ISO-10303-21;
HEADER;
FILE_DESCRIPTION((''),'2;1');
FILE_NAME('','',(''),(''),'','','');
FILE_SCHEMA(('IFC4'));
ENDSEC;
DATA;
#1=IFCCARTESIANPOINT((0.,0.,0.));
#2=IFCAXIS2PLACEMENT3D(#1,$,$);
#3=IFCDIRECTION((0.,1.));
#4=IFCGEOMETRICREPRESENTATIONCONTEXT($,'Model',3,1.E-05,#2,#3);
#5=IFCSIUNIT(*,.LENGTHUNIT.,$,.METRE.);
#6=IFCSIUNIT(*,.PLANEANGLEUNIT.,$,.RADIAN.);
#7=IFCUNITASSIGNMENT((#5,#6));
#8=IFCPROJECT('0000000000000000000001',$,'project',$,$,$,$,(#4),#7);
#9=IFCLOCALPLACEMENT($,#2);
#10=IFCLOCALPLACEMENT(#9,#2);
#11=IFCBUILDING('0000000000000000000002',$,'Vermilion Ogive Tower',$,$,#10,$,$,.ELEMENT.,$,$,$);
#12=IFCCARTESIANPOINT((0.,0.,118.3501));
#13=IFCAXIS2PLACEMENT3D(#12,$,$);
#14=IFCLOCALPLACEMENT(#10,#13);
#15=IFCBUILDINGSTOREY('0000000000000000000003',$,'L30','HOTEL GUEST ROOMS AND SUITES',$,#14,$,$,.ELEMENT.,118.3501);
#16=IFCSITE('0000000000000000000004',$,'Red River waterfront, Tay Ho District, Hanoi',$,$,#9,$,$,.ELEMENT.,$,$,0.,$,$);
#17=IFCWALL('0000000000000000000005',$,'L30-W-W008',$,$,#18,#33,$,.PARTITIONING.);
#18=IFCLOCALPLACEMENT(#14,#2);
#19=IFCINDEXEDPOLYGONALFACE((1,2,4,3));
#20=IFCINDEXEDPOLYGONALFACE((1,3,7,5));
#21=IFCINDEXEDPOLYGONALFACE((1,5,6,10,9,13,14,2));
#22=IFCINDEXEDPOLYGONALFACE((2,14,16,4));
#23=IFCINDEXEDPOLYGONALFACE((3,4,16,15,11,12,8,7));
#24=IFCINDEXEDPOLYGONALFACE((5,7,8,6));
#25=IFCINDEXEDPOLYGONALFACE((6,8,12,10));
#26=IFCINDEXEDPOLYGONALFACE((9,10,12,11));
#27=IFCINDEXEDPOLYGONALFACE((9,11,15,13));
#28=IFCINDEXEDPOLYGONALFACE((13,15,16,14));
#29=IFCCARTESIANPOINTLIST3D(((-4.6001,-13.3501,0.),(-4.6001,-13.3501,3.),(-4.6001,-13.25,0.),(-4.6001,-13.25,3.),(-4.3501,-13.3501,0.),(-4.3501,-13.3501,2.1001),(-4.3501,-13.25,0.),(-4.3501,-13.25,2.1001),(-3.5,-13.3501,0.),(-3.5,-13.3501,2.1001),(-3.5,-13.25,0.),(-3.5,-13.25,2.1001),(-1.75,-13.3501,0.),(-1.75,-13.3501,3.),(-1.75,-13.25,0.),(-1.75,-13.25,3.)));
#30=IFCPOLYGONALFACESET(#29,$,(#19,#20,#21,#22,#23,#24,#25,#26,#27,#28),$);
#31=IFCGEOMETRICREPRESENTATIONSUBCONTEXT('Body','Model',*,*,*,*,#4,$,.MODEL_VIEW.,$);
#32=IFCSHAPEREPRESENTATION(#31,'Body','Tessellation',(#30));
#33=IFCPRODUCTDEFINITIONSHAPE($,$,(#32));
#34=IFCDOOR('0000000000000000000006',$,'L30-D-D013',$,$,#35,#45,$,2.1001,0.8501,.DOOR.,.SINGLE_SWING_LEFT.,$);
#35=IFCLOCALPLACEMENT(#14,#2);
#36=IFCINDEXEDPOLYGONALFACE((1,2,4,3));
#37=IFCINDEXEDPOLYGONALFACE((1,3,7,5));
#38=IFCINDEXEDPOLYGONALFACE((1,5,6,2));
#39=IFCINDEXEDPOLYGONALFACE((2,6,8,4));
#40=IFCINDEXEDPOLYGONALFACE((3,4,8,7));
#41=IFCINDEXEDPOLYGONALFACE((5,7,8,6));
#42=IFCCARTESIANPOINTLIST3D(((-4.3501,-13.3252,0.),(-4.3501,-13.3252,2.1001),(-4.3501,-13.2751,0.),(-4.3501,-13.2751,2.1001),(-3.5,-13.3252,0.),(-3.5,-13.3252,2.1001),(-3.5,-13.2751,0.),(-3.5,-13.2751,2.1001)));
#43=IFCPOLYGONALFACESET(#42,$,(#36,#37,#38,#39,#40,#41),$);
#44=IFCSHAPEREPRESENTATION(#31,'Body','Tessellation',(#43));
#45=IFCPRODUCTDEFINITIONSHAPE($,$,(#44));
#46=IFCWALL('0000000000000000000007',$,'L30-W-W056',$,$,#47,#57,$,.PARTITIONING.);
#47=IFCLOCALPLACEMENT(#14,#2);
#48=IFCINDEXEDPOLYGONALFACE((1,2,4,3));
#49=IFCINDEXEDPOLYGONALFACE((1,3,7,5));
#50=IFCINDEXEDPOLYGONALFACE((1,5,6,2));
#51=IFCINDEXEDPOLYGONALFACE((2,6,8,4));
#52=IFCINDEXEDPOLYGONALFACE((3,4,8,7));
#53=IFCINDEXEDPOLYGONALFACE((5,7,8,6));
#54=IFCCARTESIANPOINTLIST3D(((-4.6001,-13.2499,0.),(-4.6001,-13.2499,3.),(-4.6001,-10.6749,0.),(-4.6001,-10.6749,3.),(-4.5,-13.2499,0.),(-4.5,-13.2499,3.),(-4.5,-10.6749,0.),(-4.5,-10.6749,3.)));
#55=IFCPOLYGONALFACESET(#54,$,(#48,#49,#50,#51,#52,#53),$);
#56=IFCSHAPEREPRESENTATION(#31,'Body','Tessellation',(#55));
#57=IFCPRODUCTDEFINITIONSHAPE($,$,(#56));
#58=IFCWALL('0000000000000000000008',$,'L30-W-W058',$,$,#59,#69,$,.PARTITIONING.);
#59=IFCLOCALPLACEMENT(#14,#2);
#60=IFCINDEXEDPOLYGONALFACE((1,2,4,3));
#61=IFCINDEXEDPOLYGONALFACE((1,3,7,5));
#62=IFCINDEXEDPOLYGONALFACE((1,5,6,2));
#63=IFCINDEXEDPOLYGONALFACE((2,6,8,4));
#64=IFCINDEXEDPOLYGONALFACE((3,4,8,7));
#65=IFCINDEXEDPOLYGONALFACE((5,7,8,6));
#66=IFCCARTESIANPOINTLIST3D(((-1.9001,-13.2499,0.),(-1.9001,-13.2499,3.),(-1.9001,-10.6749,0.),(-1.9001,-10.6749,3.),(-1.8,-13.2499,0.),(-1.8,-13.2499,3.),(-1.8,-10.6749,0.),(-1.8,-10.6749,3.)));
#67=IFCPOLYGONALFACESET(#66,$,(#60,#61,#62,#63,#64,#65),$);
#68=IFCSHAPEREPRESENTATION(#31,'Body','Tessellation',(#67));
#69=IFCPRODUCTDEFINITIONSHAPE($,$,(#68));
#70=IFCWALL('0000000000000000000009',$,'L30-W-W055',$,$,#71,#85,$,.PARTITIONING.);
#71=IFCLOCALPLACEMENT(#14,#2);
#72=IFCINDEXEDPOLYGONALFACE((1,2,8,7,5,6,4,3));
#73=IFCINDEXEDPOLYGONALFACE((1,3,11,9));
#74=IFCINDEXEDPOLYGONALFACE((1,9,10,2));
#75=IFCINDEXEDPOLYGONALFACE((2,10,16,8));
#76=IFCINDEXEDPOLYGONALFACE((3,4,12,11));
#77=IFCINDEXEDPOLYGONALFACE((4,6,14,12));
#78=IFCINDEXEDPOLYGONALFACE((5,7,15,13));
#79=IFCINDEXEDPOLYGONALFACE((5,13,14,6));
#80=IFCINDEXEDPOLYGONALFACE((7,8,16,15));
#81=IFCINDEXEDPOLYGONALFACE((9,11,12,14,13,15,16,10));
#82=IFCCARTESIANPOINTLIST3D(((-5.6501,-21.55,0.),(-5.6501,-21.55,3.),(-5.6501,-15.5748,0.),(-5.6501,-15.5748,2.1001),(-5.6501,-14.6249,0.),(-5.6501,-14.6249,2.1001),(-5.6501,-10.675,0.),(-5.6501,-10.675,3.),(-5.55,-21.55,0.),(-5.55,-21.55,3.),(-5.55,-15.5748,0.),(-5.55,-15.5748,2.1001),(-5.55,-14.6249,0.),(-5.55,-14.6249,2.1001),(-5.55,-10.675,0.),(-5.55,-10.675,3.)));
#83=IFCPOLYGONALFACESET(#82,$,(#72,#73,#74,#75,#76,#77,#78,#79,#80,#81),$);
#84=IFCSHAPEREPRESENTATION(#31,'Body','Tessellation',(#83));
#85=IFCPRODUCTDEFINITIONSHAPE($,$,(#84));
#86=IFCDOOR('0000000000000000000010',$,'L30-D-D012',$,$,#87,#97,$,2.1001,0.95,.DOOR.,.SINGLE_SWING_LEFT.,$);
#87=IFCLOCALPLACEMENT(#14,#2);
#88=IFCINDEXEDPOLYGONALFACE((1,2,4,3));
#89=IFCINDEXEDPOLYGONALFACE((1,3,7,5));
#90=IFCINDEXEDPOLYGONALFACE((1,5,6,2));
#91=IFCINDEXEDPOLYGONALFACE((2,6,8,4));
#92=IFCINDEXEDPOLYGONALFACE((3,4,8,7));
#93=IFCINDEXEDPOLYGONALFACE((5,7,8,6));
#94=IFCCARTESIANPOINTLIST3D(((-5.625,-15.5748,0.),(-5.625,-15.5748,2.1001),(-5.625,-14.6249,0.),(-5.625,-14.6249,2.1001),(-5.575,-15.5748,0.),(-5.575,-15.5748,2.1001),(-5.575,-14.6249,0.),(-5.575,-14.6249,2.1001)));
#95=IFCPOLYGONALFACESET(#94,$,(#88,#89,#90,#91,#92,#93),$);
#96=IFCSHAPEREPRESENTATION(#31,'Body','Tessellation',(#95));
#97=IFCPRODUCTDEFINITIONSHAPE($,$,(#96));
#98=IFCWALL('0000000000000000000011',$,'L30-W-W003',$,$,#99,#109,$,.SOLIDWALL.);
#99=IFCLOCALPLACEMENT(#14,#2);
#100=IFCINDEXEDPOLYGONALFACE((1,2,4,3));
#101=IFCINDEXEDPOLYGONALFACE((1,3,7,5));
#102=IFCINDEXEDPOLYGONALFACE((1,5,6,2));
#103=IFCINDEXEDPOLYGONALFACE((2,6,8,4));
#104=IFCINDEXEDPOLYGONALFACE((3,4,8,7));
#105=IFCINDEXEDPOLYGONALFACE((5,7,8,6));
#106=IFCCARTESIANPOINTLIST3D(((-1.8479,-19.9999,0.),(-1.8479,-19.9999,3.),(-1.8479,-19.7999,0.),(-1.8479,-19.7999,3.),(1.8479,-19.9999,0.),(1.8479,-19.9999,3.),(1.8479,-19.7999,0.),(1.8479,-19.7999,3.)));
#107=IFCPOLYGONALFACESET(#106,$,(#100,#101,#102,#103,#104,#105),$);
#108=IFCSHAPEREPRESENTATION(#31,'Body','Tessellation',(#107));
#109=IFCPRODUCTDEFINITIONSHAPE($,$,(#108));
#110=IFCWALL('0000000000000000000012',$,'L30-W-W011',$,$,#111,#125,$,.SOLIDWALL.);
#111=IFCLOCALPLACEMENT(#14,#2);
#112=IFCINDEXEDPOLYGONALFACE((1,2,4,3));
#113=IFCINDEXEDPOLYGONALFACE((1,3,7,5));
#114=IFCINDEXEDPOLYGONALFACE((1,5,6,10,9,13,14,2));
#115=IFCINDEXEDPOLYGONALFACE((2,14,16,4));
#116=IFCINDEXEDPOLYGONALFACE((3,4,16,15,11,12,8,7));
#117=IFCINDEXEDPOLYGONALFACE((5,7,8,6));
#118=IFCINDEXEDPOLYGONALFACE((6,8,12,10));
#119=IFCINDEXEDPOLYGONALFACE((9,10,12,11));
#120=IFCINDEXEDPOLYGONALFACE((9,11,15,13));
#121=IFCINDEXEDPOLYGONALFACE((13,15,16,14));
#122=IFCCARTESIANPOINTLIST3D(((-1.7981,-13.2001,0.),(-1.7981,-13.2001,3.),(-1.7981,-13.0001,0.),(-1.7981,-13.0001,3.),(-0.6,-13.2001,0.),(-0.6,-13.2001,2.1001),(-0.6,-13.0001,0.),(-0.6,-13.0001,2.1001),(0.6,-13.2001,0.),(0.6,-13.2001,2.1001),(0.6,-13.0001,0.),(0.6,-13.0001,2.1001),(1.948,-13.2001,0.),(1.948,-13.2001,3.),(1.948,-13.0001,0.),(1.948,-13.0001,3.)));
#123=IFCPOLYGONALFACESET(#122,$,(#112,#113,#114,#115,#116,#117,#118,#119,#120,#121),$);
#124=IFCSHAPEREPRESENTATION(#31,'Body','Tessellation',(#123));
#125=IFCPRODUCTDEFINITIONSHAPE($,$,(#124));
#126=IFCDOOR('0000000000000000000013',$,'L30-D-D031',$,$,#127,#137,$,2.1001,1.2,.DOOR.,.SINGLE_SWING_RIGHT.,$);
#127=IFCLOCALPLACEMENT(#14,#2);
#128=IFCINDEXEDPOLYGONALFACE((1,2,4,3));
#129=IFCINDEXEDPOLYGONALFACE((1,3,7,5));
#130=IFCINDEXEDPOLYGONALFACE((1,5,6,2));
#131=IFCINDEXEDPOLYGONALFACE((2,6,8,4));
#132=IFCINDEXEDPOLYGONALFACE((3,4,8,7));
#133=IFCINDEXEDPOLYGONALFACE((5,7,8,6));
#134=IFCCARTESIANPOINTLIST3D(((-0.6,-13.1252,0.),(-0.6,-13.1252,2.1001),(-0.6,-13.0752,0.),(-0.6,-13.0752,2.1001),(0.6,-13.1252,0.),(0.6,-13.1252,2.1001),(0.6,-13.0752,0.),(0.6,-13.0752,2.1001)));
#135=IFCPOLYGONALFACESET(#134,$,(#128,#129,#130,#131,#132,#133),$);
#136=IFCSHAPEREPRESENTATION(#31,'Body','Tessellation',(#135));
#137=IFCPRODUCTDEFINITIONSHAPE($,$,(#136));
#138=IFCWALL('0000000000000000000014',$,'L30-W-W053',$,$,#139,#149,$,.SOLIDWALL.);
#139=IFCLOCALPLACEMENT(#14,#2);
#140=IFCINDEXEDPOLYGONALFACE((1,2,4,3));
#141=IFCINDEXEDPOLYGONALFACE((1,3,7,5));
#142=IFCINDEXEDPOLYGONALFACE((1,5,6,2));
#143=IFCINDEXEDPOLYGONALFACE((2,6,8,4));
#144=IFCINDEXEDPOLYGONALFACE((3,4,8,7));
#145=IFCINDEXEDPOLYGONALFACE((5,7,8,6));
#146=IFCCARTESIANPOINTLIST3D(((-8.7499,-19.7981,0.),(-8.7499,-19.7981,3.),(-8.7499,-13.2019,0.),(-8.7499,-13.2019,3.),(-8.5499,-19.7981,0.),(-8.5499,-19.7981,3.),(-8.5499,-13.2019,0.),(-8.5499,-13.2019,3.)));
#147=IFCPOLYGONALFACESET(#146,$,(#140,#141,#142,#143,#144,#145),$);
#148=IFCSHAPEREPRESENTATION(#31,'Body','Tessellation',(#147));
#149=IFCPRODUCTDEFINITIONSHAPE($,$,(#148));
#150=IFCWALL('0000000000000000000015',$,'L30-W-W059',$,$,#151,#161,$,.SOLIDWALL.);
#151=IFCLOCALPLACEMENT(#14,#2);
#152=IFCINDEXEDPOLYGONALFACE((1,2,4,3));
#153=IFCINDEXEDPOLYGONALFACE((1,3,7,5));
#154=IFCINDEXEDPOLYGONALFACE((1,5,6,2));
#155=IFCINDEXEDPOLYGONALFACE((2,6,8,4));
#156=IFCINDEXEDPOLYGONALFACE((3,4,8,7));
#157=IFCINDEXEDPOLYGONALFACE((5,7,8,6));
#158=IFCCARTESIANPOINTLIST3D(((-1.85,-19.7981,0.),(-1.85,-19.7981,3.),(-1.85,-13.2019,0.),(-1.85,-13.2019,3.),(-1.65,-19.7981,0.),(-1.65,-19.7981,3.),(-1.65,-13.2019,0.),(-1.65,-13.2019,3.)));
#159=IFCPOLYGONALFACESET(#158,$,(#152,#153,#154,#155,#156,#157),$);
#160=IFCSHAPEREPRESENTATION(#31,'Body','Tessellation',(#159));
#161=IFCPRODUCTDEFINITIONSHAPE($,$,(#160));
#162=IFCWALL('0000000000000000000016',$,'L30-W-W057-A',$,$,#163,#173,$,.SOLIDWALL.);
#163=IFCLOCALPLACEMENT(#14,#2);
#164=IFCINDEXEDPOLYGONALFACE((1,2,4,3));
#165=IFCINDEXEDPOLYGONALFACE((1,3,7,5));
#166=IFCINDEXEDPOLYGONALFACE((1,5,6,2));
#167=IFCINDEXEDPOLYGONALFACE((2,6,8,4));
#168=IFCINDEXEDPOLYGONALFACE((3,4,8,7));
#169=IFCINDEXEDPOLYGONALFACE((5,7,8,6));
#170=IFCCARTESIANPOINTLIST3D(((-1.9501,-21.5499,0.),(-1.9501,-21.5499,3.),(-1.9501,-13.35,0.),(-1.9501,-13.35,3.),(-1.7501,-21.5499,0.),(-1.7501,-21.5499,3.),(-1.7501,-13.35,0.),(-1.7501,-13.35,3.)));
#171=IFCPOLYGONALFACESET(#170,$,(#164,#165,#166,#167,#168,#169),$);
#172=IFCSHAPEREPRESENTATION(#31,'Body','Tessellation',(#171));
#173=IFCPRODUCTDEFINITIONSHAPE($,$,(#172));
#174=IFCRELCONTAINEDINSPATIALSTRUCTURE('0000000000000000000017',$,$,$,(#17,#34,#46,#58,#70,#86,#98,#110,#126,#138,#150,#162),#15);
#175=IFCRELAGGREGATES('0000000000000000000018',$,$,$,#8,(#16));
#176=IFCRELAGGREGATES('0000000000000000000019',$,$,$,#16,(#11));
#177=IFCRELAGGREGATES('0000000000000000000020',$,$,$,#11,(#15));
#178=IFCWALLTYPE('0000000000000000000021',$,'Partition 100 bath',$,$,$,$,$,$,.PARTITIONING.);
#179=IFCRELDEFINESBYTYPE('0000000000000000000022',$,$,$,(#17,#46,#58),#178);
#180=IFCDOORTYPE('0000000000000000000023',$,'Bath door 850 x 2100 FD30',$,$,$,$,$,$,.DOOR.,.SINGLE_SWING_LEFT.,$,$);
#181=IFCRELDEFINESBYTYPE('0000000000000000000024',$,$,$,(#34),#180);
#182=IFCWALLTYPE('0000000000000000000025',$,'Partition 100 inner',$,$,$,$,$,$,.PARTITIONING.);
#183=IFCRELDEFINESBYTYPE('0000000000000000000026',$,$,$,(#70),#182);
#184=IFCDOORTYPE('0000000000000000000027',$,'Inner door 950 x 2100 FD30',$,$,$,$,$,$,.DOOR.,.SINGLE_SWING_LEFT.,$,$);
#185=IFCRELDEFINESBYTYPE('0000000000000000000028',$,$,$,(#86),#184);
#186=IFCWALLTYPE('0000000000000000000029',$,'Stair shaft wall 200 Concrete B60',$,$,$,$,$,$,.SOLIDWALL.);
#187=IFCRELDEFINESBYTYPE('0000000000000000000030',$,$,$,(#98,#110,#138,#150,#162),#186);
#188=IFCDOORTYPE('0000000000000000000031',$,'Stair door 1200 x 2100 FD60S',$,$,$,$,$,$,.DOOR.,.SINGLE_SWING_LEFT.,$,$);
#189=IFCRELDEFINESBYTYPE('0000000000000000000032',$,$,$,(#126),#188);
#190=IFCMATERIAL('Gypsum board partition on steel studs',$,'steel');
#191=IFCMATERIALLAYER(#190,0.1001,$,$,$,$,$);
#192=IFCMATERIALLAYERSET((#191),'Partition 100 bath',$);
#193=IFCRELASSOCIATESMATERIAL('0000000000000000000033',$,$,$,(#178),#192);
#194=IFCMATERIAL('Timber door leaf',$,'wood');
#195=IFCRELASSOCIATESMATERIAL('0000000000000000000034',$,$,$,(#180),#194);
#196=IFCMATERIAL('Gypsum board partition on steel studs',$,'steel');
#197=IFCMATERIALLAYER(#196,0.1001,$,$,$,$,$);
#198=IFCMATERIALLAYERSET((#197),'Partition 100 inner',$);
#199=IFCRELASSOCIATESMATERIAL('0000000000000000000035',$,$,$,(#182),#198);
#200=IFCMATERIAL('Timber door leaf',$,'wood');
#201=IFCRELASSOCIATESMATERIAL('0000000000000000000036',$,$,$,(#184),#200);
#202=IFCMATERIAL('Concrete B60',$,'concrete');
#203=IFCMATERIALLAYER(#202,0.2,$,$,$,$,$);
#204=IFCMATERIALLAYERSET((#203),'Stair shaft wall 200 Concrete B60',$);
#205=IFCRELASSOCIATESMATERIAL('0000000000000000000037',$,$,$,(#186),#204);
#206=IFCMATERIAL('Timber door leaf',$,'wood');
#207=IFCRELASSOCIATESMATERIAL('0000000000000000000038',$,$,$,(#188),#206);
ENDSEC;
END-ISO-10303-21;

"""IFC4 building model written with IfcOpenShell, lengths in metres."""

from ifc_helpers import new_model, si_unit, direction, frame, frame_2d, origin, place, context, subcontext, project, spatial, rectangle, extrude, material, layer, layer_set, type_object, element, fill, save


model = new_model("IFC4")

# Units and contexts
model_context = context("Model", 3, precision=1e-05, world=origin(), true_north=direction((0.0, 1.0)))
body_context = subcontext(model_context, "Body", "Model", "MODEL_VIEW")
ifc_project = project(units=[si_unit("LENGTHUNIT", "METRE"), si_unit("PLANEANGLEUNIT", "RADIAN")], contexts=[model_context])

# Site, building, storey
site_placement = place(None, origin())
site = spatial("IfcSite", under=ifc_project, at=site_placement, Name="Red River waterfront, Tay Ho District, Hanoi", CompositionType="ELEMENT", RefElevation=0.0)
building_placement = place(site_placement, origin())
building = spatial("IfcBuilding", under=site, at=building_placement, Name="Vermilion Ogive Tower", CompositionType="ELEMENT")
storey_placement = place(building_placement, frame((0.0, 0.0, 118.3501)))
storey = spatial("IfcBuildingStorey", under=building, at=storey_placement, Name="L30", Description="HOTEL GUEST ROOMS AND SUITES", CompositionType="ELEMENT", Elevation=118.3501)

# Wall, opening, door
ifc_material_1 = material(Name="Gypsum board partition on steel studs", Category="steel")
ifc_layer_1 = layer(ifc_material_1, 0.1001)
ifc_layer_set_1 = layer_set([ifc_layer_1], Name="Partition 100 bath")
wall_type_1 = type_object("IfcWallType", Name="Partition 100 bath", PredefinedType="PARTITIONING", material=ifc_layer_set_1)
wall_1_placement = place(storey_placement, frame((-4.6001, -13.3, 0.0), z_axis=(0.0, 0.0, 1.0), x_axis=(1.0, 0.0, 0.0)))
wall_1 = element("IfcWall", 1, at=wall_1_placement, inside=storey, type_object=wall_type_1, Name="L30-W-W008", PredefinedType="PARTITIONING", context=body_context, shape_type="SweptSolid", body=[
    extrude(rectangle(XDim=2.8501, YDim=0.1001, at=frame_2d((1.425, 0.0))), origin(), (0.0, 0.0, 1.0), 3.0),
])
opening_1_placement = place(wall_1_placement, frame((0.25, 0.0, 0.0)))
opening_1 = element("IfcOpeningElement", 2, at=opening_1_placement, cuts=wall_1, PredefinedType="OPENING", context=body_context, shape_type="SweptSolid", body=[
    extrude(rectangle(XDim=0.8501, YDim=2.1001, at=frame_2d((0.425, 1.05))), frame((0.0, 0.0601, 0.0), z_axis=(0.0, -1.0, 0.0), x_axis=(1.0, 0.0, 0.0)), (0.0, 0.0, 1.0), 0.1201),
])
ifc_material_2 = material(Name="Timber door leaf", Category="wood")
door_type_1 = type_object("IfcDoorType", Name="Bath door 850 x 2100 FD30", OperationType="SINGLE_SWING_LEFT", PredefinedType="DOOR", material=ifc_material_2)
door_1_placement = place(opening_1_placement, origin())
door_1 = element("IfcDoor", 3, at=door_1_placement, inside=storey, type_object=door_type_1, Name="L30-D-D013", OperationType="SINGLE_SWING_LEFT", OverallHeight=2.1001, OverallWidth=0.8501, PredefinedType="DOOR", context=body_context, shape_type="SweptSolid", body=[
    extrude(rectangle(XDim=0.8501, YDim=2.1001, at=frame_2d((0.425, 1.05))), frame((0.0, 0.0249, 0.0), z_axis=(0.0, -1.0, 0.0), x_axis=(1.0, 0.0, 0.0)), (0.0, 0.0, 1.0), 0.05),
])
fill(opening_1, door_1)

# Walls
for number, where, z_axis, x_axis, name in (
    (4, (-4.55, -13.25, 0.0), (0.0, 0.0, 1.0), (0.0, 1.0, 0.0), "L30-W-W056"),
    (5, (-1.8501, -13.25, 0.0), (0.0, 0.0, 1.0), (0.0, 1.0, 0.0), "L30-W-W058"),
):
    element("IfcWall", number, at=place(storey_placement, frame(where, z_axis=z_axis, x_axis=x_axis)), inside=storey, type_object=wall_type_1, Name=name, PredefinedType="PARTITIONING", context=body_context, shape_type="SweptSolid", body=[
        extrude(rectangle(XDim=2.575, YDim=0.1001, at=frame_2d((1.2876, 0.0))), origin(), (0.0, 0.0, 1.0), 3.0),
    ])

# Wall, opening, door
ifc_material_3 = material(Name="Gypsum board partition on steel studs", Category="steel")
ifc_layer_2 = layer(ifc_material_3, 0.1001)
ifc_layer_set_2 = layer_set([ifc_layer_2], Name="Partition 100 inner")
wall_type_2 = type_object("IfcWallType", Name="Partition 100 inner", PredefinedType="PARTITIONING", material=ifc_layer_set_2)
wall_2_placement = place(storey_placement, frame((-5.6001, -21.55, 0.0), z_axis=(0.0, 0.0, 1.0), x_axis=(0.0, 1.0, 0.0)))
wall_2 = element("IfcWall", 6, at=wall_2_placement, inside=storey, type_object=wall_type_2, Name="L30-W-W055", PredefinedType="PARTITIONING", context=body_context, shape_type="SweptSolid", body=[
    extrude(rectangle(XDim=10.875, YDim=0.1001, at=frame_2d((5.4375, 0.0))), origin(), (0.0, 0.0, 1.0), 3.0),
])
opening_2_placement = place(wall_2_placement, frame((5.9751, 0.0, 0.0)))
opening_2 = element("IfcOpeningElement", 7, at=opening_2_placement, cuts=wall_2, PredefinedType="OPENING", context=body_context, shape_type="SweptSolid", body=[
    extrude(rectangle(XDim=0.95, YDim=2.1001, at=frame_2d((0.4751, 1.05))), frame((0.0, 0.0601, 0.0), z_axis=(0.0, -1.0, 0.0), x_axis=(1.0, 0.0, 0.0)), (0.0, 0.0, 1.0), 0.1201),
])
ifc_material_4 = material(Name="Timber door leaf", Category="wood")
door_type_2 = type_object("IfcDoorType", Name="Inner door 950 x 2100 FD30", OperationType="SINGLE_SWING_LEFT", PredefinedType="DOOR", material=ifc_material_4)
door_2_placement = place(opening_2_placement, origin())
door_2 = element("IfcDoor", 8, at=door_2_placement, inside=storey, type_object=door_type_2, Name="L30-D-D012", OperationType="SINGLE_SWING_LEFT", OverallHeight=2.1001, OverallWidth=0.95, PredefinedType="DOOR", context=body_context, shape_type="SweptSolid", body=[
    extrude(rectangle(XDim=0.95, YDim=2.1001, at=frame_2d((0.4751, 1.05))), frame((0.0, 0.0249, 0.0), z_axis=(0.0, -1.0, 0.0), x_axis=(1.0, 0.0, 0.0)), (0.0, 0.0, 1.0), 0.05),
])
fill(opening_2, door_2)

# Wall
ifc_material_5 = material(Name="Concrete B60", Category="concrete")
ifc_layer_3 = layer(ifc_material_5, 0.2)
ifc_layer_set_3 = layer_set([ifc_layer_3], Name="Stair shaft wall 200 Concrete B60")
wall_type_3 = type_object("IfcWallType", Name="Stair shaft wall 200 Concrete B60", PredefinedType="SOLIDWALL", material=ifc_layer_set_3)
wall_3_placement = place(storey_placement, frame((-1.8479, -19.8999, 0.0), z_axis=(0.0, 0.0, 1.0), x_axis=(1.0, 0.0, 0.0)))
element("IfcWall", 9, at=wall_3_placement, inside=storey, type_object=wall_type_3, Name="L30-W-W003", PredefinedType="SOLIDWALL", context=body_context, shape_type="SweptSolid", body=[
    extrude(rectangle(XDim=3.6958, YDim=0.2, at=frame_2d((1.8479, 0.0))), origin(), (0.0, 0.0, 1.0), 3.0),
])

# Wall, opening, door
wall_4_placement = place(storey_placement, frame((-1.7981, -13.1001, 0.0), z_axis=(0.0, 0.0, 1.0), x_axis=(1.0, 0.0, 0.0)))
wall_4 = element("IfcWall", 10, at=wall_4_placement, inside=storey, type_object=wall_type_3, Name="L30-W-W011", PredefinedType="SOLIDWALL", context=body_context, shape_type="SweptSolid", body=[
    extrude(rectangle(XDim=3.7461, YDim=0.2, at=frame_2d((1.873, 0.0))), origin(), (0.0, 0.0, 1.0), 3.0),
])
opening_3_placement = place(wall_4_placement, frame((1.198, 0.0, 0.0)))
opening_3 = element("IfcOpeningElement", 11, at=opening_3_placement, cuts=wall_4, PredefinedType="OPENING", context=body_context, shape_type="SweptSolid", body=[
    extrude(rectangle(XDim=1.2, YDim=2.1001, at=frame_2d((0.6001, 1.05))), frame((0.0, 0.1099, 0.0), z_axis=(0.0, -1.0, 0.0), x_axis=(1.0, 0.0, 0.0)), (0.0, 0.0, 1.0), 0.22),
])
ifc_material_6 = material(Name="Timber door leaf", Category="wood")
door_type_3 = type_object("IfcDoorType", Name="Stair door 1200 x 2100 FD60S", OperationType="SINGLE_SWING_LEFT", PredefinedType="DOOR", material=ifc_material_6)
door_3_placement = place(opening_3_placement, origin())
door_3 = element("IfcDoor", 12, at=door_3_placement, inside=storey, type_object=door_type_3, Name="L30-D-D031", OperationType="SINGLE_SWING_RIGHT", OverallHeight=2.1001, OverallWidth=1.2, PredefinedType="DOOR", context=body_context, shape_type="SweptSolid", body=[
    extrude(rectangle(XDim=1.2, YDim=2.1001, at=frame_2d((0.6001, 1.05))), frame((0.0, 0.0249, 0.0), z_axis=(0.0, -1.0, 0.0), x_axis=(1.0, 0.0, 0.0)), (0.0, 0.0, 1.0), 0.05),
])
fill(opening_3, door_3)

# Walls
for number, where, z_axis, x_axis, name in (
    (13, (-8.6499, -19.7981, 0.0), (0.0, 0.0, 1.0), (0.0, 1.0, 0.0), "L30-W-W053"),
    (14, (-1.75, -19.7981, 0.0), (0.0, 0.0, 1.0), (0.0, 1.0, 0.0), "L30-W-W059"),
):
    element("IfcWall", number, at=place(storey_placement, frame(where, z_axis=z_axis, x_axis=x_axis)), inside=storey, type_object=wall_type_3, Name=name, PredefinedType="SOLIDWALL", context=body_context, shape_type="SweptSolid", body=[
        extrude(rectangle(XDim=6.5962, YDim=0.2, at=frame_2d((3.2981, 0.0))), origin(), (0.0, 0.0, 1.0), 3.0),
    ])
wall_5_placement = place(storey_placement, frame((-1.8501, -21.55, 0.0), z_axis=(0.0, 0.0, 1.0), x_axis=(0.0, 1.0, 0.0)))
element("IfcWall", 15, at=wall_5_placement, inside=storey, type_object=wall_type_3, Name="L30-W-W057-A", PredefinedType="SOLIDWALL", context=body_context, shape_type="SweptSolid", body=[
    extrude(rectangle(XDim=8.2, YDim=0.2, at=frame_2d((4.1001, 0.0))), origin(), (0.0, 0.0, 1.0), 3.0),
])

save(model, "model.ifc")
